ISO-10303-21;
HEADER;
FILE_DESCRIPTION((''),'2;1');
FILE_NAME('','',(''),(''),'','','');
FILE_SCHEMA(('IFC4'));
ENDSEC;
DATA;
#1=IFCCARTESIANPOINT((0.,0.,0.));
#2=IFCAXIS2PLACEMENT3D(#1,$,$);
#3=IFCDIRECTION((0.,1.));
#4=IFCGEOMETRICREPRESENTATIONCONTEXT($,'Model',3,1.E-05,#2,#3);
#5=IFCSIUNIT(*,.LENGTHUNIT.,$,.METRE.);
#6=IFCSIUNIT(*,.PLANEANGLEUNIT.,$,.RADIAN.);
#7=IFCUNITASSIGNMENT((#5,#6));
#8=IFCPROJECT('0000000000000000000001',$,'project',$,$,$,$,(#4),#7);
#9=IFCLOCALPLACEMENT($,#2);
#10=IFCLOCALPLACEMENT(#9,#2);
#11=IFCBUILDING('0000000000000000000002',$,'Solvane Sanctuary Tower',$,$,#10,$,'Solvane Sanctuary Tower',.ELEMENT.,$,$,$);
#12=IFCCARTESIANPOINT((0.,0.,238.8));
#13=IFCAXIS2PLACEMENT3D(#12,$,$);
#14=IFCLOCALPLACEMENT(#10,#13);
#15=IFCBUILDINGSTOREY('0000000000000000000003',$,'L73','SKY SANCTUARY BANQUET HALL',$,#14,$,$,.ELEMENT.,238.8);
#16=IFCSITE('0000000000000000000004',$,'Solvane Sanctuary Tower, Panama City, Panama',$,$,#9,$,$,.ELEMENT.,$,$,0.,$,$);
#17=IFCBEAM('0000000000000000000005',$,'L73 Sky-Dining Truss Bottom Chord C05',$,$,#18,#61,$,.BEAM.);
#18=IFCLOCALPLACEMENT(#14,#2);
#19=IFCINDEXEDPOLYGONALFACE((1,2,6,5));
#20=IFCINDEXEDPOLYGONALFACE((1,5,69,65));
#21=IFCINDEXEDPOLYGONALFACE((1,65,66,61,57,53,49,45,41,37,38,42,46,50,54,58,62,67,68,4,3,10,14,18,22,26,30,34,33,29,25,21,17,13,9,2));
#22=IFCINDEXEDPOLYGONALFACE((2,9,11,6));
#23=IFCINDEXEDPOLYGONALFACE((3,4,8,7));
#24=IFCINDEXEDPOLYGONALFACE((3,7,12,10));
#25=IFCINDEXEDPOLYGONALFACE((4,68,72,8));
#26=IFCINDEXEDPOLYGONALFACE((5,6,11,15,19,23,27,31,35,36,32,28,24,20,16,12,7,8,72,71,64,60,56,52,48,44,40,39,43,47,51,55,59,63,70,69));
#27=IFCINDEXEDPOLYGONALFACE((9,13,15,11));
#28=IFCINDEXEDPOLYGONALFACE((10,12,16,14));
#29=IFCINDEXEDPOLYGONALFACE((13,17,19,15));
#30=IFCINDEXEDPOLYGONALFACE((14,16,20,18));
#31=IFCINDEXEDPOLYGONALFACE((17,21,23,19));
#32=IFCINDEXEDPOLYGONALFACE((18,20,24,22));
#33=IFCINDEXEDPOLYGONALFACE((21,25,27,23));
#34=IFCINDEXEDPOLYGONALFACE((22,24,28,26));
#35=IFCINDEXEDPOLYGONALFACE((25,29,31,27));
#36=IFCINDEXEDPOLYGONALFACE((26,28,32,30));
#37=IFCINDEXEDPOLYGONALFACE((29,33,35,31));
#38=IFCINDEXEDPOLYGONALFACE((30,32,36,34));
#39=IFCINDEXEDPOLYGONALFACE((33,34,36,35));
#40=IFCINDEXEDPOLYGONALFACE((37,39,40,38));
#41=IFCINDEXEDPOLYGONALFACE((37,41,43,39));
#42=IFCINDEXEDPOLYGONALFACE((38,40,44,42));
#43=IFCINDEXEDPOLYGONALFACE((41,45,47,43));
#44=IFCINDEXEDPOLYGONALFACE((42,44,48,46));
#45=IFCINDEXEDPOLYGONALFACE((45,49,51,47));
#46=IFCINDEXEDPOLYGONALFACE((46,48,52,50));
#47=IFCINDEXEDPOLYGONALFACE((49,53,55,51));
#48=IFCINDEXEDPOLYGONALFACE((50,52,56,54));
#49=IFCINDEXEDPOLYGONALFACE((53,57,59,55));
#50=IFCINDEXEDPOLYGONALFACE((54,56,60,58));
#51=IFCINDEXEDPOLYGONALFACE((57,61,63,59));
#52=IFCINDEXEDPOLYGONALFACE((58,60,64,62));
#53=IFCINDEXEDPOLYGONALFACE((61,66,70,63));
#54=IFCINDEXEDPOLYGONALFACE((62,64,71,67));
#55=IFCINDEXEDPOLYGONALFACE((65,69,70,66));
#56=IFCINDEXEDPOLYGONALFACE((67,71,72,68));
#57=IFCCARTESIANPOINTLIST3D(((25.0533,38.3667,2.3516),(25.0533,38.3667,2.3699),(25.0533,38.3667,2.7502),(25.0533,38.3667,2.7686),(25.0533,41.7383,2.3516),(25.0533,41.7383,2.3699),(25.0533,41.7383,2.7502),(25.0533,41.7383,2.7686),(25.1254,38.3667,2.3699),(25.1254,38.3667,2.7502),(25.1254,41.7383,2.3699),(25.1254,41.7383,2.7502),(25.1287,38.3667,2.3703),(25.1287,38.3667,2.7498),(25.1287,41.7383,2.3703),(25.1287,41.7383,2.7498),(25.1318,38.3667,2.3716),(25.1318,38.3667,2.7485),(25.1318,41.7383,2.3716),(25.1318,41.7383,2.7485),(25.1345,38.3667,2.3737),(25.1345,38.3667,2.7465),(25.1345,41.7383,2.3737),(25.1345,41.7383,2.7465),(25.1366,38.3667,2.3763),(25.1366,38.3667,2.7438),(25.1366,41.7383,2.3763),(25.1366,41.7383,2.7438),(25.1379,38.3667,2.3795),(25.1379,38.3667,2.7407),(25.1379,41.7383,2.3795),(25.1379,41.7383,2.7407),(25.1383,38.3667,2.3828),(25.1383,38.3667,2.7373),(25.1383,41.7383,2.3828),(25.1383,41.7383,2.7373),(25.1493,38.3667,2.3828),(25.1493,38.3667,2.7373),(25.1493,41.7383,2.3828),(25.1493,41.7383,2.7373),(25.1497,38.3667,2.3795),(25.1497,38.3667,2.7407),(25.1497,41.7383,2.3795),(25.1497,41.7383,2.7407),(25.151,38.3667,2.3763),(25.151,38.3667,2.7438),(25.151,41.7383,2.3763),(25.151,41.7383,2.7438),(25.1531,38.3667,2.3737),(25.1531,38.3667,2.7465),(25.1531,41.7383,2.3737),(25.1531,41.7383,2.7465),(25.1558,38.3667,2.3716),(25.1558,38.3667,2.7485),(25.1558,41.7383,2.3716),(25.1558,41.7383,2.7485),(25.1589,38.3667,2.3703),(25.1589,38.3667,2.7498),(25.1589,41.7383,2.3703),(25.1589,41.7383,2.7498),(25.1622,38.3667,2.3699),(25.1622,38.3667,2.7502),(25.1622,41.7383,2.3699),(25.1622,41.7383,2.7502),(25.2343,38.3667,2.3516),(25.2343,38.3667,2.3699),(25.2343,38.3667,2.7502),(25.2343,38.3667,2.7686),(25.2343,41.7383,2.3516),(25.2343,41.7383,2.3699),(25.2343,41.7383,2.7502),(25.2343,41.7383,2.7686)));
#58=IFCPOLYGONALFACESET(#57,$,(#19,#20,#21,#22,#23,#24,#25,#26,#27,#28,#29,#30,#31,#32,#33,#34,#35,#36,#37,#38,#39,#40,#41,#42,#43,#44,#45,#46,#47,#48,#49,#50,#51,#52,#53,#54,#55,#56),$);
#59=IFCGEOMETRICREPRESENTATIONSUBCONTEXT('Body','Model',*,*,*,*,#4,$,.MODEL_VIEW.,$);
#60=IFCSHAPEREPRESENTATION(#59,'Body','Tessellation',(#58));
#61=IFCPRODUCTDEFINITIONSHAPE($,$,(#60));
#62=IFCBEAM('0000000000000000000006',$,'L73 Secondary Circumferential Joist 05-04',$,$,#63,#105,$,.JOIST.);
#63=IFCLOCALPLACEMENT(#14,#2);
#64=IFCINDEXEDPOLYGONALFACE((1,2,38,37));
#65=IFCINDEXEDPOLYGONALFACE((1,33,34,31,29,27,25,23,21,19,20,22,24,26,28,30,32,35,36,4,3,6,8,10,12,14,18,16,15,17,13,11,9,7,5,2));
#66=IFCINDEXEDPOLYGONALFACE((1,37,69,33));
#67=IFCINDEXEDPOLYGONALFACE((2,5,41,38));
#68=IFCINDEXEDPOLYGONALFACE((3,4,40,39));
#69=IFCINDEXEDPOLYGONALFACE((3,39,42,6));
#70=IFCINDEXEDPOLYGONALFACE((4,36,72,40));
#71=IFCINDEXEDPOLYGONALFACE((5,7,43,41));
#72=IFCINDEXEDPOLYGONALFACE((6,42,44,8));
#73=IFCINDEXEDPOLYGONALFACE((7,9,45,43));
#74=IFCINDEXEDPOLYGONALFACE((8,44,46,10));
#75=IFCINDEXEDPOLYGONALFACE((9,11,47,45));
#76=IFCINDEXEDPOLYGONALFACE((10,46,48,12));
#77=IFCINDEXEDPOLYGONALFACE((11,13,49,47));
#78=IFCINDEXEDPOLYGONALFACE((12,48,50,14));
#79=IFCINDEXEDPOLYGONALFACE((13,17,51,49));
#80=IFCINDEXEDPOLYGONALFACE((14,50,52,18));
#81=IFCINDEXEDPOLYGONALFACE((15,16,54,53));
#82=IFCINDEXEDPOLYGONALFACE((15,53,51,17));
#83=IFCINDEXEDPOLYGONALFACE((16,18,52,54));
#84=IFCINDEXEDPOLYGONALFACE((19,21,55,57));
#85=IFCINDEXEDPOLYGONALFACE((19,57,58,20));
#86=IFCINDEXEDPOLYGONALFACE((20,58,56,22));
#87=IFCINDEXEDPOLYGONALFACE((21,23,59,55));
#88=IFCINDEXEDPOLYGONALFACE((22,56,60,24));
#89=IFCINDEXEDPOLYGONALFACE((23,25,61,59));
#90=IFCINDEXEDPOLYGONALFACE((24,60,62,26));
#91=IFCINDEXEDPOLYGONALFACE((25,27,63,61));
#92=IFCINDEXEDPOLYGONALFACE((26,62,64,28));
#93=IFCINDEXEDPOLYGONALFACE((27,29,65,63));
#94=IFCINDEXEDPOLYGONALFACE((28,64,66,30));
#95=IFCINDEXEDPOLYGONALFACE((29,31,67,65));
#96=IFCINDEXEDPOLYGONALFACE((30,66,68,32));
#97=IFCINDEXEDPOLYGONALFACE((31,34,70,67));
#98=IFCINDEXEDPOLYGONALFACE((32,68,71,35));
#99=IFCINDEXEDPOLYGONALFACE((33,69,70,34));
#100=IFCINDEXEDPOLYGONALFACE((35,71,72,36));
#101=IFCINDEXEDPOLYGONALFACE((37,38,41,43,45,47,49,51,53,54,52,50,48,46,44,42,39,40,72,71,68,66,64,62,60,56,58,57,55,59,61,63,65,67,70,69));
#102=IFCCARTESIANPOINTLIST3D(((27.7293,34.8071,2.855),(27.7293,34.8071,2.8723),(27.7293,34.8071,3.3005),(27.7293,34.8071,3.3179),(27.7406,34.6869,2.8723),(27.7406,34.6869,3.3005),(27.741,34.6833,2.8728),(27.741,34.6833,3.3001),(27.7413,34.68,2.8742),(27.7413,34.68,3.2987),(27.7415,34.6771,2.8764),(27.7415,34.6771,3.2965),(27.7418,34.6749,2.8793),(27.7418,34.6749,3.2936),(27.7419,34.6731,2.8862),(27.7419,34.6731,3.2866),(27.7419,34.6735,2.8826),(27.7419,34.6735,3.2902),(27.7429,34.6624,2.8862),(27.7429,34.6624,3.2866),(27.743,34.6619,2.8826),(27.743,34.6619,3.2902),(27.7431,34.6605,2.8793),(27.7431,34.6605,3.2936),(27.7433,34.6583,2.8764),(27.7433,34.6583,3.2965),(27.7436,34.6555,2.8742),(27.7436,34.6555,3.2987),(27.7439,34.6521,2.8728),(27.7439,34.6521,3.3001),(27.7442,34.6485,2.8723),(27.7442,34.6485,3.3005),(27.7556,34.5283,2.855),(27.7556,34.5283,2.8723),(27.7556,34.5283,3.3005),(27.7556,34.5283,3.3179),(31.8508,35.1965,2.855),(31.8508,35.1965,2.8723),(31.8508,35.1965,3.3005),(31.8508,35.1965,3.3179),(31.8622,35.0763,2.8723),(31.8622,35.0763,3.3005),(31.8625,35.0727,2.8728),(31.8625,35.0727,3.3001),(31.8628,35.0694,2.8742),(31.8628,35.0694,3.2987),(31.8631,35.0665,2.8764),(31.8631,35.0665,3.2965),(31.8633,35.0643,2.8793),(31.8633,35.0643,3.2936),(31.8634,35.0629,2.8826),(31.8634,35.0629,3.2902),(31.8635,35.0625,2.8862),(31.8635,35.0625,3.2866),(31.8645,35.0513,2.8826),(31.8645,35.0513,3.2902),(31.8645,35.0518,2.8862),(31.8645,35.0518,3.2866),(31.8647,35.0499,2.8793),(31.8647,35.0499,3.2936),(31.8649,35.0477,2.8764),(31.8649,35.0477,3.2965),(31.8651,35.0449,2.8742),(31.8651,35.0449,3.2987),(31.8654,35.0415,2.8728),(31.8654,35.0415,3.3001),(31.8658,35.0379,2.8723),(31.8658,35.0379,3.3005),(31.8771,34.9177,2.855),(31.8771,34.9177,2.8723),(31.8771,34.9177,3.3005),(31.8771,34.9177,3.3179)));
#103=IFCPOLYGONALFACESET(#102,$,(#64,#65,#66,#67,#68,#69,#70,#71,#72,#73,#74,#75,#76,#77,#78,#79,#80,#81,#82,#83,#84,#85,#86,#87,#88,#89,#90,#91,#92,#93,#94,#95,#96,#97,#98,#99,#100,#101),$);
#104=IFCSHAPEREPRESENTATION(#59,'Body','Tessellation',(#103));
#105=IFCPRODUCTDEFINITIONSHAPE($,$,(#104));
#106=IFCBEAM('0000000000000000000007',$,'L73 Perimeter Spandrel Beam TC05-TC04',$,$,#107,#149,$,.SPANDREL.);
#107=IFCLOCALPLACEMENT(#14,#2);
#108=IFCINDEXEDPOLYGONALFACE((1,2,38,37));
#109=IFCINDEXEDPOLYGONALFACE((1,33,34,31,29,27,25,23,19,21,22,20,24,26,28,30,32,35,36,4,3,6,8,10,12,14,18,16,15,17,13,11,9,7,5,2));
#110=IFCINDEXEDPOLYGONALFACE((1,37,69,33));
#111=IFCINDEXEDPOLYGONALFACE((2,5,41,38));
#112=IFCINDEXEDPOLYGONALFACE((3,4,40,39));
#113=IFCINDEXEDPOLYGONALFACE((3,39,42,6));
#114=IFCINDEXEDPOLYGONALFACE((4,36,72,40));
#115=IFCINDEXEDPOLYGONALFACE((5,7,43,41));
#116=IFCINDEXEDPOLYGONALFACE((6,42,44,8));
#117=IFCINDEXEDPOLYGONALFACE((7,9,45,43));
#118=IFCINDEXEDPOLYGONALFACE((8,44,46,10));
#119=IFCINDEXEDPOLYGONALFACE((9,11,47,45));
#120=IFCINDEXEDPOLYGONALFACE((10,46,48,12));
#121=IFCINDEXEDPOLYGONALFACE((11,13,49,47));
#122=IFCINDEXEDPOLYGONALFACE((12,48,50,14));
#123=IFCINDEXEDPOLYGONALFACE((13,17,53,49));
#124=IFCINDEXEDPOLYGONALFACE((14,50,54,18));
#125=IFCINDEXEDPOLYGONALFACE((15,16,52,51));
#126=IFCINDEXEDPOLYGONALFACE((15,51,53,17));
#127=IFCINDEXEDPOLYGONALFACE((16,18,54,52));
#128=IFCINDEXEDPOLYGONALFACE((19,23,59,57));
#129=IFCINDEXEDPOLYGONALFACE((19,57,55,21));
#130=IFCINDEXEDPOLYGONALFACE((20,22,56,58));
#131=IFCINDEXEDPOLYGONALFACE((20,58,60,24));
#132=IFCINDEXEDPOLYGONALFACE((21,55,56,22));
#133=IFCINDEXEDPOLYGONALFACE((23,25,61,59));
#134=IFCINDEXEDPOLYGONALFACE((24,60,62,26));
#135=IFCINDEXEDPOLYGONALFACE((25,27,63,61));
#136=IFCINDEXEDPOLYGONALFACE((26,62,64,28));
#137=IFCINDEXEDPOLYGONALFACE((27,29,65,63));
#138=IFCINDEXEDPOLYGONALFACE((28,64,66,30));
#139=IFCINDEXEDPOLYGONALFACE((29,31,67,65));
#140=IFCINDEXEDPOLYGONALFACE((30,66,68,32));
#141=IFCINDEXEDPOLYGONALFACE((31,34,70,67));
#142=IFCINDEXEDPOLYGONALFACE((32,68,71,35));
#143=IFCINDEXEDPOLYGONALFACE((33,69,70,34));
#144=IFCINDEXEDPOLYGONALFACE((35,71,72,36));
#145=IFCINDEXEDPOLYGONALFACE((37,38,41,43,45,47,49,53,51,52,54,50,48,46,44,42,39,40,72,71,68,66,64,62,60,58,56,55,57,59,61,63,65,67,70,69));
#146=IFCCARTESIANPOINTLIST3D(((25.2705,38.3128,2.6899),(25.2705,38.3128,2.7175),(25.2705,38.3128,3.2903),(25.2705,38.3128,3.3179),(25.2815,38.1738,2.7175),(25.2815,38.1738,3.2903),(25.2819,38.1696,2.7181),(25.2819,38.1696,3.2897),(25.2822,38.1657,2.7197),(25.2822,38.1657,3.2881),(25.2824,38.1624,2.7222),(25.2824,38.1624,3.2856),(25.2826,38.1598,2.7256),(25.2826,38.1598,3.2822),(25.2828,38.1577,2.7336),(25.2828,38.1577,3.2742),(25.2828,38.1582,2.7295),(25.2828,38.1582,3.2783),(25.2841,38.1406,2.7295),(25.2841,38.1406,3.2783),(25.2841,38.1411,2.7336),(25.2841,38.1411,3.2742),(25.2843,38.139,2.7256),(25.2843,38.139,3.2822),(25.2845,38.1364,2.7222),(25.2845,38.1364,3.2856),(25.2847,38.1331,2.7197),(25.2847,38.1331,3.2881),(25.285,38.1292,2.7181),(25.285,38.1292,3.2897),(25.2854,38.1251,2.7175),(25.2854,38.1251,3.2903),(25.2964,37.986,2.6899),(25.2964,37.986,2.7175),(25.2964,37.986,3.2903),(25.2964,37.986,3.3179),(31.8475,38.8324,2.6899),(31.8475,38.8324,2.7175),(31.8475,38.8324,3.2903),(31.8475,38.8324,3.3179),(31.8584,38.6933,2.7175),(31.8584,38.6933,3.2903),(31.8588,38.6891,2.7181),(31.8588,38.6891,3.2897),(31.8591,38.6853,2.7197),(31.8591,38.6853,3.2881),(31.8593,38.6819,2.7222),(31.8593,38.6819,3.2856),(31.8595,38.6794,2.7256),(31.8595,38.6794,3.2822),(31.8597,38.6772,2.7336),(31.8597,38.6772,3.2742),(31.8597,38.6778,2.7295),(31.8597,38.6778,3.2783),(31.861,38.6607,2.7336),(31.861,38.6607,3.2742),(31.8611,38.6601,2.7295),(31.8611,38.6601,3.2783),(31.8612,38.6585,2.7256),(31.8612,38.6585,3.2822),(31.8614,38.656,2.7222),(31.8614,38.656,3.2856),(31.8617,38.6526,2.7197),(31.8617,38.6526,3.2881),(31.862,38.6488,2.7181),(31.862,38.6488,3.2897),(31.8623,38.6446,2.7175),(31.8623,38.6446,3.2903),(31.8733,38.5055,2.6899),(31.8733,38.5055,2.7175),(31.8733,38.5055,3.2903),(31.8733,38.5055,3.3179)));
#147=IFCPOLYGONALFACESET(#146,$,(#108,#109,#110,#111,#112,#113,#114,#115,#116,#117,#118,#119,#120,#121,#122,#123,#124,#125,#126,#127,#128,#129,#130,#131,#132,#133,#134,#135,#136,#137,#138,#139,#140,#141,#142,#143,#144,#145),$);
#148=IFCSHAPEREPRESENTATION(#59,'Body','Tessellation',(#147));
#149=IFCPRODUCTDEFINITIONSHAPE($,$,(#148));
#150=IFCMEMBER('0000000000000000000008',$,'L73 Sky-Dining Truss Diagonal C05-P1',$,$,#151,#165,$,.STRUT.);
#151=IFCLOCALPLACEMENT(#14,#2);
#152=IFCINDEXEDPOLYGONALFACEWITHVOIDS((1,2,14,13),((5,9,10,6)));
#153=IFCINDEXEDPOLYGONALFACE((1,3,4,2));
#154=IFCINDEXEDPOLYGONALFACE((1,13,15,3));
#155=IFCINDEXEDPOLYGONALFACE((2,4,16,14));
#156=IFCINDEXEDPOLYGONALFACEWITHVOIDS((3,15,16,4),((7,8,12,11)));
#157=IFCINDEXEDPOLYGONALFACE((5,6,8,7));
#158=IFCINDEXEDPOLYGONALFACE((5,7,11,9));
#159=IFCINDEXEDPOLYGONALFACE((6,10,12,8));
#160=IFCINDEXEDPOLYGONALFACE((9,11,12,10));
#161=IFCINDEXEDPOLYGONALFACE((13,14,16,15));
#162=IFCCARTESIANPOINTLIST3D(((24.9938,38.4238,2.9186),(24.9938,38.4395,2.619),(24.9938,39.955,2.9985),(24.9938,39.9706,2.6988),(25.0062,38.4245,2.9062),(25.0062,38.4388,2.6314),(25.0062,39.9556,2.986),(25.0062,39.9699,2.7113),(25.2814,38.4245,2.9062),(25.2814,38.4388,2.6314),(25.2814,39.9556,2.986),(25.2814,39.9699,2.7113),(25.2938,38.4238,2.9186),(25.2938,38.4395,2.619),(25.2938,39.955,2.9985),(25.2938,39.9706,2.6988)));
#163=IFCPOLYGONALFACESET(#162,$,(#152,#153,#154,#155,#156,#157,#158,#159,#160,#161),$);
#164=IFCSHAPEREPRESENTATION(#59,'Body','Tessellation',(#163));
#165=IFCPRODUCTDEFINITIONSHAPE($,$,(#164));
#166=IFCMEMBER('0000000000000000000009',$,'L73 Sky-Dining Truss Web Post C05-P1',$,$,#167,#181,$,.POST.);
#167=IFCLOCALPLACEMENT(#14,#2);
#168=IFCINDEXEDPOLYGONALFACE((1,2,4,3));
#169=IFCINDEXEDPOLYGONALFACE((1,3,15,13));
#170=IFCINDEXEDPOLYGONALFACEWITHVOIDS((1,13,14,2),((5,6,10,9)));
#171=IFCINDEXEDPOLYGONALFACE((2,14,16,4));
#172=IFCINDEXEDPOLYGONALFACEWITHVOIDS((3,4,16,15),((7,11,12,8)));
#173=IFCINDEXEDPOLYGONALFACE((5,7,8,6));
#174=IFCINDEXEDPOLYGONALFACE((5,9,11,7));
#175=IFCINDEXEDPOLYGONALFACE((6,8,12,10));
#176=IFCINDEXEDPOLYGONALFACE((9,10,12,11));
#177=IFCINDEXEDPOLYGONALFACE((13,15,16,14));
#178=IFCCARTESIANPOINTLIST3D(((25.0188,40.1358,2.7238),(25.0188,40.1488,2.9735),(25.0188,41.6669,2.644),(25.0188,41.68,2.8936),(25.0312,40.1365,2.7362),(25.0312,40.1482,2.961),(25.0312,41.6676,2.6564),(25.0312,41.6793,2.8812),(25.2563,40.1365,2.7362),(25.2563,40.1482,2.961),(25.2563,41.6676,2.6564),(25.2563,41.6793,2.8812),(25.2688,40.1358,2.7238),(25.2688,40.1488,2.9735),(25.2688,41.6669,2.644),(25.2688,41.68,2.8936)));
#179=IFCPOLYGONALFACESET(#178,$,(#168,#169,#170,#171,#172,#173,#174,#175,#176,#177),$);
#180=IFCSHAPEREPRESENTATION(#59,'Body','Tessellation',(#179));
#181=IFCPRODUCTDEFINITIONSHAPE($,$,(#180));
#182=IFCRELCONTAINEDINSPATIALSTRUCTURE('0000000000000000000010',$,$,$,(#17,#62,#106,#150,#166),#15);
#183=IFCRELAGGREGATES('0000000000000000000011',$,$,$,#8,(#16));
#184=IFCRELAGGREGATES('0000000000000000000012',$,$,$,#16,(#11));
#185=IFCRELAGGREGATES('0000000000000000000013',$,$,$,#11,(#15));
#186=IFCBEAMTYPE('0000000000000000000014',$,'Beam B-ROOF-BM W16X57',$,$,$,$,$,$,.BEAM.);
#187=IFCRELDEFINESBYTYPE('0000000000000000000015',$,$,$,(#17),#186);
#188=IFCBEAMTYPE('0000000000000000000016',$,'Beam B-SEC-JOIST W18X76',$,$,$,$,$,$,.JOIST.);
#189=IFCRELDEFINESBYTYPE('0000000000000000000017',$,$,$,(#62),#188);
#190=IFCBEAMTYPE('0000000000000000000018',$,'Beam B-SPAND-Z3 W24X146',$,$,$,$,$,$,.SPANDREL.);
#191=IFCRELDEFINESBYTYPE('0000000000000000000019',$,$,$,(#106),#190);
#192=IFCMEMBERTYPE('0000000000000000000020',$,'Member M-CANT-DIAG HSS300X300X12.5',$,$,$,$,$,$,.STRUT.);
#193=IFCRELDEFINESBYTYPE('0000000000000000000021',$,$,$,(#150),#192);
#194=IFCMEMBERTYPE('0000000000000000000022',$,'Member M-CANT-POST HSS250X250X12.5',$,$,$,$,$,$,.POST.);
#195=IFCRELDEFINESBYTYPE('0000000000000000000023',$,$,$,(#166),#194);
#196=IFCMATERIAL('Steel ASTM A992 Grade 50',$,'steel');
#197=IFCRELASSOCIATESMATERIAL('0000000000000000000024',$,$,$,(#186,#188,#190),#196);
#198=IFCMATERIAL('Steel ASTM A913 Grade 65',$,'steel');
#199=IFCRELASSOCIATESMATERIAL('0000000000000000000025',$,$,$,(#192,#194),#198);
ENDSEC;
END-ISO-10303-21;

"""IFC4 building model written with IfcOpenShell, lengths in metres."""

from ifc_helpers import new_model, si_unit, direction, frame, origin, origin_2d, place, context, subcontext, project, spatial, hollow_rectangle, i_section, extrude, material, material_profile, profile_set, type_object, element, save


model = new_model("IFC4")

# Units and contexts
model_context = context("Model", 3, precision=1e-05, world=origin(), true_north=direction((0.0, 1.0)))
body_context = subcontext(model_context, "Body", "Model", "MODEL_VIEW")
ifc_project = project(units=[si_unit("LENGTHUNIT", "METRE"), si_unit("PLANEANGLEUNIT", "RADIAN")], contexts=[model_context])

# Site, building, storey
site_placement = place(None, origin())
site = spatial("IfcSite", under=ifc_project, at=site_placement, Name="Solvane Sanctuary Tower, Panama City, Panama", CompositionType="ELEMENT", RefElevation=0.0)
building_placement = place(site_placement, origin())
building = spatial("IfcBuilding", under=site, at=building_placement, Name="Solvane Sanctuary Tower", LongName="Solvane Sanctuary Tower", CompositionType="ELEMENT")
storey_placement = place(building_placement, frame((0.0, 0.0, 238.8)))
storey = spatial("IfcBuildingStorey", under=building, at=storey_placement, Name="L73", Description="SKY SANCTUARY BANQUET HALL", CompositionType="ELEMENT", Elevation=238.8)

# Shared definitions
ifc_material_1 = material(Name="Steel ASTM A913 Grade 65", Category="steel")

# Beams
ifc_material_2 = material(Name="Steel ASTM A992 Grade 50", Category="steel")
ifc_material_profile_1 = material_profile(ifc_material_2, i_section(OverallWidth=0.1809, OverallDepth=0.417, WebThickness=0.011, FlangeThickness=0.0183, FilletRadius=0.0129, at=origin_2d()), Name="W16X57")
ifc_profile_set_1 = profile_set([ifc_material_profile_1], Name="Steel ASTM A992 Grade 50")
beam_type_1 = type_object("IfcBeamType", Name="Beam B-ROOF-BM W16X57", PredefinedType="BEAM", material=ifc_profile_set_1)
beam_1_placement = place(storey_placement, frame((25.1438, 38.3667, 2.5601), z_axis=(0.0, 1.0, 0.0), x_axis=(-1.0, 0.0, 0.0)))
element("IfcBeam", 1, at=beam_1_placement, inside=storey, type_object=beam_type_1, Name="L73 Sky-Dining Truss Bottom Chord C05", PredefinedType="BEAM", context=body_context, shape_type="SweptSolid", body=[
    extrude(i_section(OverallWidth=0.1809, OverallDepth=0.417, WebThickness=0.011, FlangeThickness=0.0183, FilletRadius=0.0129, at=origin_2d()), origin(), (0.0, 0.0, 1.0), 3.3716),
])
ifc_material_profile_2 = material_profile(ifc_material_2, i_section(OverallWidth=0.28, OverallDepth=0.4629, WebThickness=0.0107, FlangeThickness=0.0173, FilletRadius=0.0139, at=origin_2d()), Name="W18X76")
ifc_profile_set_2 = profile_set([ifc_material_profile_2], Name="Steel ASTM A992 Grade 50")
beam_type_2 = type_object("IfcBeamType", Name="Beam B-SEC-JOIST W18X76", PredefinedType="JOIST", material=ifc_profile_set_2)
beam_2_placement = place(storey_placement, frame((27.7424, 34.6677, 3.0864), z_axis=(0.995566, 0.09406, 0.0), x_axis=(-0.09406, 0.995566, 0.0)))
element("IfcBeam", 2, at=beam_2_placement, inside=storey, type_object=beam_type_2, Name="L73 Secondary Circumferential Joist 05-04", PredefinedType="JOIST", context=body_context, shape_type="SweptSolid", body=[
    extrude(i_section(OverallWidth=0.28, OverallDepth=0.4629, WebThickness=0.0107, FlangeThickness=0.0173, FilletRadius=0.0139, at=origin_2d()), origin(), (0.0, 0.0, 1.0), 4.1399),
])
ifc_material_profile_3 = material_profile(ifc_material_2, i_section(OverallWidth=0.3279, OverallDepth=0.6279, WebThickness=0.0166, FlangeThickness=0.0276, FilletRadius=0.0161, at=origin_2d()), Name="W24X146")
ifc_profile_set_3 = profile_set([ifc_material_profile_3], Name="Steel ASTM A992 Grade 50")
beam_type_3 = type_object("IfcBeamType", Name="Beam B-SPAND-Z3 W24X146", PredefinedType="SPANDREL", material=ifc_profile_set_3)
beam_3_placement = place(storey_placement, frame((25.2834, 38.1494, 3.0039), z_axis=(0.996895, 0.078748, 0.0), x_axis=(-0.078748, 0.996895, 0.0)))
element("IfcBeam", 3, at=beam_3_placement, inside=storey, type_object=beam_type_3, Name="L73 Perimeter Spandrel Beam TC05-TC04", PredefinedType="SPANDREL", context=body_context, shape_type="SweptSolid", body=[
    extrude(i_section(OverallWidth=0.3279, OverallDepth=0.6279, WebThickness=0.0166, FlangeThickness=0.0276, FilletRadius=0.0161, at=origin_2d()), origin(), (0.0, 0.0, 1.0), 6.5974),
])

# Members
ifc_material_profile_4 = material_profile(ifc_material_1, hollow_rectangle(XDim=0.3, YDim=0.3, WallThickness=0.0125, at=origin_2d()), Name="HSS300X300X12.5")
ifc_profile_set_4 = profile_set([ifc_material_profile_4], Name="Steel ASTM A913 Grade 65")
member_type_1 = type_object("IfcMemberType", Name="Member M-CANT-DIAG HSS300X300X12.5", PredefinedType="STRUT", material=ifc_profile_set_4)
member_1_placement = place(storey_placement, frame((25.1438, 38.4316, 2.7688), z_axis=(0.0, 0.998643, 0.052074), x_axis=(-1.0, 0.0, 0.0)))
element("IfcMember", 4, at=member_1_placement, inside=storey, type_object=member_type_1, Name="L73 Sky-Dining Truss Diagonal C05-P1", PredefinedType="STRUT", context=body_context, shape_type="SweptSolid", body=[
    extrude(hollow_rectangle(XDim=0.3, YDim=0.3, WallThickness=0.0125, at=origin_2d()), origin(), (0.0, 0.0, 1.0), 1.5332),
])
ifc_material_profile_5 = material_profile(ifc_material_1, hollow_rectangle(XDim=0.25, YDim=0.25, WallThickness=0.0125, at=origin_2d()), Name="HSS250X250X12.5")
ifc_profile_set_5 = profile_set([ifc_material_profile_5], Name="Steel ASTM A913 Grade 65")
member_type_2 = type_object("IfcMemberType", Name="Member M-CANT-POST HSS250X250X12.5", PredefinedType="POST", material=ifc_profile_set_5)
member_2_placement = place(storey_placement, frame((25.1438, 40.1423, 2.8486), z_axis=(0.0, 0.998643, -0.052074), x_axis=(-1.0, 0.0, 0.0)))
element("IfcMember", 5, at=member_2_placement, inside=storey, type_object=member_type_2, Name="L73 Sky-Dining Truss Web Post C05-P1", PredefinedType="POST", context=body_context, shape_type="SweptSolid", body=[
    extrude(hollow_rectangle(XDim=0.25, YDim=0.25, WallThickness=0.0125, at=origin_2d()), origin(), (0.0, 0.0, 1.0), 1.5332),
])

save(model, "model.ifc")
